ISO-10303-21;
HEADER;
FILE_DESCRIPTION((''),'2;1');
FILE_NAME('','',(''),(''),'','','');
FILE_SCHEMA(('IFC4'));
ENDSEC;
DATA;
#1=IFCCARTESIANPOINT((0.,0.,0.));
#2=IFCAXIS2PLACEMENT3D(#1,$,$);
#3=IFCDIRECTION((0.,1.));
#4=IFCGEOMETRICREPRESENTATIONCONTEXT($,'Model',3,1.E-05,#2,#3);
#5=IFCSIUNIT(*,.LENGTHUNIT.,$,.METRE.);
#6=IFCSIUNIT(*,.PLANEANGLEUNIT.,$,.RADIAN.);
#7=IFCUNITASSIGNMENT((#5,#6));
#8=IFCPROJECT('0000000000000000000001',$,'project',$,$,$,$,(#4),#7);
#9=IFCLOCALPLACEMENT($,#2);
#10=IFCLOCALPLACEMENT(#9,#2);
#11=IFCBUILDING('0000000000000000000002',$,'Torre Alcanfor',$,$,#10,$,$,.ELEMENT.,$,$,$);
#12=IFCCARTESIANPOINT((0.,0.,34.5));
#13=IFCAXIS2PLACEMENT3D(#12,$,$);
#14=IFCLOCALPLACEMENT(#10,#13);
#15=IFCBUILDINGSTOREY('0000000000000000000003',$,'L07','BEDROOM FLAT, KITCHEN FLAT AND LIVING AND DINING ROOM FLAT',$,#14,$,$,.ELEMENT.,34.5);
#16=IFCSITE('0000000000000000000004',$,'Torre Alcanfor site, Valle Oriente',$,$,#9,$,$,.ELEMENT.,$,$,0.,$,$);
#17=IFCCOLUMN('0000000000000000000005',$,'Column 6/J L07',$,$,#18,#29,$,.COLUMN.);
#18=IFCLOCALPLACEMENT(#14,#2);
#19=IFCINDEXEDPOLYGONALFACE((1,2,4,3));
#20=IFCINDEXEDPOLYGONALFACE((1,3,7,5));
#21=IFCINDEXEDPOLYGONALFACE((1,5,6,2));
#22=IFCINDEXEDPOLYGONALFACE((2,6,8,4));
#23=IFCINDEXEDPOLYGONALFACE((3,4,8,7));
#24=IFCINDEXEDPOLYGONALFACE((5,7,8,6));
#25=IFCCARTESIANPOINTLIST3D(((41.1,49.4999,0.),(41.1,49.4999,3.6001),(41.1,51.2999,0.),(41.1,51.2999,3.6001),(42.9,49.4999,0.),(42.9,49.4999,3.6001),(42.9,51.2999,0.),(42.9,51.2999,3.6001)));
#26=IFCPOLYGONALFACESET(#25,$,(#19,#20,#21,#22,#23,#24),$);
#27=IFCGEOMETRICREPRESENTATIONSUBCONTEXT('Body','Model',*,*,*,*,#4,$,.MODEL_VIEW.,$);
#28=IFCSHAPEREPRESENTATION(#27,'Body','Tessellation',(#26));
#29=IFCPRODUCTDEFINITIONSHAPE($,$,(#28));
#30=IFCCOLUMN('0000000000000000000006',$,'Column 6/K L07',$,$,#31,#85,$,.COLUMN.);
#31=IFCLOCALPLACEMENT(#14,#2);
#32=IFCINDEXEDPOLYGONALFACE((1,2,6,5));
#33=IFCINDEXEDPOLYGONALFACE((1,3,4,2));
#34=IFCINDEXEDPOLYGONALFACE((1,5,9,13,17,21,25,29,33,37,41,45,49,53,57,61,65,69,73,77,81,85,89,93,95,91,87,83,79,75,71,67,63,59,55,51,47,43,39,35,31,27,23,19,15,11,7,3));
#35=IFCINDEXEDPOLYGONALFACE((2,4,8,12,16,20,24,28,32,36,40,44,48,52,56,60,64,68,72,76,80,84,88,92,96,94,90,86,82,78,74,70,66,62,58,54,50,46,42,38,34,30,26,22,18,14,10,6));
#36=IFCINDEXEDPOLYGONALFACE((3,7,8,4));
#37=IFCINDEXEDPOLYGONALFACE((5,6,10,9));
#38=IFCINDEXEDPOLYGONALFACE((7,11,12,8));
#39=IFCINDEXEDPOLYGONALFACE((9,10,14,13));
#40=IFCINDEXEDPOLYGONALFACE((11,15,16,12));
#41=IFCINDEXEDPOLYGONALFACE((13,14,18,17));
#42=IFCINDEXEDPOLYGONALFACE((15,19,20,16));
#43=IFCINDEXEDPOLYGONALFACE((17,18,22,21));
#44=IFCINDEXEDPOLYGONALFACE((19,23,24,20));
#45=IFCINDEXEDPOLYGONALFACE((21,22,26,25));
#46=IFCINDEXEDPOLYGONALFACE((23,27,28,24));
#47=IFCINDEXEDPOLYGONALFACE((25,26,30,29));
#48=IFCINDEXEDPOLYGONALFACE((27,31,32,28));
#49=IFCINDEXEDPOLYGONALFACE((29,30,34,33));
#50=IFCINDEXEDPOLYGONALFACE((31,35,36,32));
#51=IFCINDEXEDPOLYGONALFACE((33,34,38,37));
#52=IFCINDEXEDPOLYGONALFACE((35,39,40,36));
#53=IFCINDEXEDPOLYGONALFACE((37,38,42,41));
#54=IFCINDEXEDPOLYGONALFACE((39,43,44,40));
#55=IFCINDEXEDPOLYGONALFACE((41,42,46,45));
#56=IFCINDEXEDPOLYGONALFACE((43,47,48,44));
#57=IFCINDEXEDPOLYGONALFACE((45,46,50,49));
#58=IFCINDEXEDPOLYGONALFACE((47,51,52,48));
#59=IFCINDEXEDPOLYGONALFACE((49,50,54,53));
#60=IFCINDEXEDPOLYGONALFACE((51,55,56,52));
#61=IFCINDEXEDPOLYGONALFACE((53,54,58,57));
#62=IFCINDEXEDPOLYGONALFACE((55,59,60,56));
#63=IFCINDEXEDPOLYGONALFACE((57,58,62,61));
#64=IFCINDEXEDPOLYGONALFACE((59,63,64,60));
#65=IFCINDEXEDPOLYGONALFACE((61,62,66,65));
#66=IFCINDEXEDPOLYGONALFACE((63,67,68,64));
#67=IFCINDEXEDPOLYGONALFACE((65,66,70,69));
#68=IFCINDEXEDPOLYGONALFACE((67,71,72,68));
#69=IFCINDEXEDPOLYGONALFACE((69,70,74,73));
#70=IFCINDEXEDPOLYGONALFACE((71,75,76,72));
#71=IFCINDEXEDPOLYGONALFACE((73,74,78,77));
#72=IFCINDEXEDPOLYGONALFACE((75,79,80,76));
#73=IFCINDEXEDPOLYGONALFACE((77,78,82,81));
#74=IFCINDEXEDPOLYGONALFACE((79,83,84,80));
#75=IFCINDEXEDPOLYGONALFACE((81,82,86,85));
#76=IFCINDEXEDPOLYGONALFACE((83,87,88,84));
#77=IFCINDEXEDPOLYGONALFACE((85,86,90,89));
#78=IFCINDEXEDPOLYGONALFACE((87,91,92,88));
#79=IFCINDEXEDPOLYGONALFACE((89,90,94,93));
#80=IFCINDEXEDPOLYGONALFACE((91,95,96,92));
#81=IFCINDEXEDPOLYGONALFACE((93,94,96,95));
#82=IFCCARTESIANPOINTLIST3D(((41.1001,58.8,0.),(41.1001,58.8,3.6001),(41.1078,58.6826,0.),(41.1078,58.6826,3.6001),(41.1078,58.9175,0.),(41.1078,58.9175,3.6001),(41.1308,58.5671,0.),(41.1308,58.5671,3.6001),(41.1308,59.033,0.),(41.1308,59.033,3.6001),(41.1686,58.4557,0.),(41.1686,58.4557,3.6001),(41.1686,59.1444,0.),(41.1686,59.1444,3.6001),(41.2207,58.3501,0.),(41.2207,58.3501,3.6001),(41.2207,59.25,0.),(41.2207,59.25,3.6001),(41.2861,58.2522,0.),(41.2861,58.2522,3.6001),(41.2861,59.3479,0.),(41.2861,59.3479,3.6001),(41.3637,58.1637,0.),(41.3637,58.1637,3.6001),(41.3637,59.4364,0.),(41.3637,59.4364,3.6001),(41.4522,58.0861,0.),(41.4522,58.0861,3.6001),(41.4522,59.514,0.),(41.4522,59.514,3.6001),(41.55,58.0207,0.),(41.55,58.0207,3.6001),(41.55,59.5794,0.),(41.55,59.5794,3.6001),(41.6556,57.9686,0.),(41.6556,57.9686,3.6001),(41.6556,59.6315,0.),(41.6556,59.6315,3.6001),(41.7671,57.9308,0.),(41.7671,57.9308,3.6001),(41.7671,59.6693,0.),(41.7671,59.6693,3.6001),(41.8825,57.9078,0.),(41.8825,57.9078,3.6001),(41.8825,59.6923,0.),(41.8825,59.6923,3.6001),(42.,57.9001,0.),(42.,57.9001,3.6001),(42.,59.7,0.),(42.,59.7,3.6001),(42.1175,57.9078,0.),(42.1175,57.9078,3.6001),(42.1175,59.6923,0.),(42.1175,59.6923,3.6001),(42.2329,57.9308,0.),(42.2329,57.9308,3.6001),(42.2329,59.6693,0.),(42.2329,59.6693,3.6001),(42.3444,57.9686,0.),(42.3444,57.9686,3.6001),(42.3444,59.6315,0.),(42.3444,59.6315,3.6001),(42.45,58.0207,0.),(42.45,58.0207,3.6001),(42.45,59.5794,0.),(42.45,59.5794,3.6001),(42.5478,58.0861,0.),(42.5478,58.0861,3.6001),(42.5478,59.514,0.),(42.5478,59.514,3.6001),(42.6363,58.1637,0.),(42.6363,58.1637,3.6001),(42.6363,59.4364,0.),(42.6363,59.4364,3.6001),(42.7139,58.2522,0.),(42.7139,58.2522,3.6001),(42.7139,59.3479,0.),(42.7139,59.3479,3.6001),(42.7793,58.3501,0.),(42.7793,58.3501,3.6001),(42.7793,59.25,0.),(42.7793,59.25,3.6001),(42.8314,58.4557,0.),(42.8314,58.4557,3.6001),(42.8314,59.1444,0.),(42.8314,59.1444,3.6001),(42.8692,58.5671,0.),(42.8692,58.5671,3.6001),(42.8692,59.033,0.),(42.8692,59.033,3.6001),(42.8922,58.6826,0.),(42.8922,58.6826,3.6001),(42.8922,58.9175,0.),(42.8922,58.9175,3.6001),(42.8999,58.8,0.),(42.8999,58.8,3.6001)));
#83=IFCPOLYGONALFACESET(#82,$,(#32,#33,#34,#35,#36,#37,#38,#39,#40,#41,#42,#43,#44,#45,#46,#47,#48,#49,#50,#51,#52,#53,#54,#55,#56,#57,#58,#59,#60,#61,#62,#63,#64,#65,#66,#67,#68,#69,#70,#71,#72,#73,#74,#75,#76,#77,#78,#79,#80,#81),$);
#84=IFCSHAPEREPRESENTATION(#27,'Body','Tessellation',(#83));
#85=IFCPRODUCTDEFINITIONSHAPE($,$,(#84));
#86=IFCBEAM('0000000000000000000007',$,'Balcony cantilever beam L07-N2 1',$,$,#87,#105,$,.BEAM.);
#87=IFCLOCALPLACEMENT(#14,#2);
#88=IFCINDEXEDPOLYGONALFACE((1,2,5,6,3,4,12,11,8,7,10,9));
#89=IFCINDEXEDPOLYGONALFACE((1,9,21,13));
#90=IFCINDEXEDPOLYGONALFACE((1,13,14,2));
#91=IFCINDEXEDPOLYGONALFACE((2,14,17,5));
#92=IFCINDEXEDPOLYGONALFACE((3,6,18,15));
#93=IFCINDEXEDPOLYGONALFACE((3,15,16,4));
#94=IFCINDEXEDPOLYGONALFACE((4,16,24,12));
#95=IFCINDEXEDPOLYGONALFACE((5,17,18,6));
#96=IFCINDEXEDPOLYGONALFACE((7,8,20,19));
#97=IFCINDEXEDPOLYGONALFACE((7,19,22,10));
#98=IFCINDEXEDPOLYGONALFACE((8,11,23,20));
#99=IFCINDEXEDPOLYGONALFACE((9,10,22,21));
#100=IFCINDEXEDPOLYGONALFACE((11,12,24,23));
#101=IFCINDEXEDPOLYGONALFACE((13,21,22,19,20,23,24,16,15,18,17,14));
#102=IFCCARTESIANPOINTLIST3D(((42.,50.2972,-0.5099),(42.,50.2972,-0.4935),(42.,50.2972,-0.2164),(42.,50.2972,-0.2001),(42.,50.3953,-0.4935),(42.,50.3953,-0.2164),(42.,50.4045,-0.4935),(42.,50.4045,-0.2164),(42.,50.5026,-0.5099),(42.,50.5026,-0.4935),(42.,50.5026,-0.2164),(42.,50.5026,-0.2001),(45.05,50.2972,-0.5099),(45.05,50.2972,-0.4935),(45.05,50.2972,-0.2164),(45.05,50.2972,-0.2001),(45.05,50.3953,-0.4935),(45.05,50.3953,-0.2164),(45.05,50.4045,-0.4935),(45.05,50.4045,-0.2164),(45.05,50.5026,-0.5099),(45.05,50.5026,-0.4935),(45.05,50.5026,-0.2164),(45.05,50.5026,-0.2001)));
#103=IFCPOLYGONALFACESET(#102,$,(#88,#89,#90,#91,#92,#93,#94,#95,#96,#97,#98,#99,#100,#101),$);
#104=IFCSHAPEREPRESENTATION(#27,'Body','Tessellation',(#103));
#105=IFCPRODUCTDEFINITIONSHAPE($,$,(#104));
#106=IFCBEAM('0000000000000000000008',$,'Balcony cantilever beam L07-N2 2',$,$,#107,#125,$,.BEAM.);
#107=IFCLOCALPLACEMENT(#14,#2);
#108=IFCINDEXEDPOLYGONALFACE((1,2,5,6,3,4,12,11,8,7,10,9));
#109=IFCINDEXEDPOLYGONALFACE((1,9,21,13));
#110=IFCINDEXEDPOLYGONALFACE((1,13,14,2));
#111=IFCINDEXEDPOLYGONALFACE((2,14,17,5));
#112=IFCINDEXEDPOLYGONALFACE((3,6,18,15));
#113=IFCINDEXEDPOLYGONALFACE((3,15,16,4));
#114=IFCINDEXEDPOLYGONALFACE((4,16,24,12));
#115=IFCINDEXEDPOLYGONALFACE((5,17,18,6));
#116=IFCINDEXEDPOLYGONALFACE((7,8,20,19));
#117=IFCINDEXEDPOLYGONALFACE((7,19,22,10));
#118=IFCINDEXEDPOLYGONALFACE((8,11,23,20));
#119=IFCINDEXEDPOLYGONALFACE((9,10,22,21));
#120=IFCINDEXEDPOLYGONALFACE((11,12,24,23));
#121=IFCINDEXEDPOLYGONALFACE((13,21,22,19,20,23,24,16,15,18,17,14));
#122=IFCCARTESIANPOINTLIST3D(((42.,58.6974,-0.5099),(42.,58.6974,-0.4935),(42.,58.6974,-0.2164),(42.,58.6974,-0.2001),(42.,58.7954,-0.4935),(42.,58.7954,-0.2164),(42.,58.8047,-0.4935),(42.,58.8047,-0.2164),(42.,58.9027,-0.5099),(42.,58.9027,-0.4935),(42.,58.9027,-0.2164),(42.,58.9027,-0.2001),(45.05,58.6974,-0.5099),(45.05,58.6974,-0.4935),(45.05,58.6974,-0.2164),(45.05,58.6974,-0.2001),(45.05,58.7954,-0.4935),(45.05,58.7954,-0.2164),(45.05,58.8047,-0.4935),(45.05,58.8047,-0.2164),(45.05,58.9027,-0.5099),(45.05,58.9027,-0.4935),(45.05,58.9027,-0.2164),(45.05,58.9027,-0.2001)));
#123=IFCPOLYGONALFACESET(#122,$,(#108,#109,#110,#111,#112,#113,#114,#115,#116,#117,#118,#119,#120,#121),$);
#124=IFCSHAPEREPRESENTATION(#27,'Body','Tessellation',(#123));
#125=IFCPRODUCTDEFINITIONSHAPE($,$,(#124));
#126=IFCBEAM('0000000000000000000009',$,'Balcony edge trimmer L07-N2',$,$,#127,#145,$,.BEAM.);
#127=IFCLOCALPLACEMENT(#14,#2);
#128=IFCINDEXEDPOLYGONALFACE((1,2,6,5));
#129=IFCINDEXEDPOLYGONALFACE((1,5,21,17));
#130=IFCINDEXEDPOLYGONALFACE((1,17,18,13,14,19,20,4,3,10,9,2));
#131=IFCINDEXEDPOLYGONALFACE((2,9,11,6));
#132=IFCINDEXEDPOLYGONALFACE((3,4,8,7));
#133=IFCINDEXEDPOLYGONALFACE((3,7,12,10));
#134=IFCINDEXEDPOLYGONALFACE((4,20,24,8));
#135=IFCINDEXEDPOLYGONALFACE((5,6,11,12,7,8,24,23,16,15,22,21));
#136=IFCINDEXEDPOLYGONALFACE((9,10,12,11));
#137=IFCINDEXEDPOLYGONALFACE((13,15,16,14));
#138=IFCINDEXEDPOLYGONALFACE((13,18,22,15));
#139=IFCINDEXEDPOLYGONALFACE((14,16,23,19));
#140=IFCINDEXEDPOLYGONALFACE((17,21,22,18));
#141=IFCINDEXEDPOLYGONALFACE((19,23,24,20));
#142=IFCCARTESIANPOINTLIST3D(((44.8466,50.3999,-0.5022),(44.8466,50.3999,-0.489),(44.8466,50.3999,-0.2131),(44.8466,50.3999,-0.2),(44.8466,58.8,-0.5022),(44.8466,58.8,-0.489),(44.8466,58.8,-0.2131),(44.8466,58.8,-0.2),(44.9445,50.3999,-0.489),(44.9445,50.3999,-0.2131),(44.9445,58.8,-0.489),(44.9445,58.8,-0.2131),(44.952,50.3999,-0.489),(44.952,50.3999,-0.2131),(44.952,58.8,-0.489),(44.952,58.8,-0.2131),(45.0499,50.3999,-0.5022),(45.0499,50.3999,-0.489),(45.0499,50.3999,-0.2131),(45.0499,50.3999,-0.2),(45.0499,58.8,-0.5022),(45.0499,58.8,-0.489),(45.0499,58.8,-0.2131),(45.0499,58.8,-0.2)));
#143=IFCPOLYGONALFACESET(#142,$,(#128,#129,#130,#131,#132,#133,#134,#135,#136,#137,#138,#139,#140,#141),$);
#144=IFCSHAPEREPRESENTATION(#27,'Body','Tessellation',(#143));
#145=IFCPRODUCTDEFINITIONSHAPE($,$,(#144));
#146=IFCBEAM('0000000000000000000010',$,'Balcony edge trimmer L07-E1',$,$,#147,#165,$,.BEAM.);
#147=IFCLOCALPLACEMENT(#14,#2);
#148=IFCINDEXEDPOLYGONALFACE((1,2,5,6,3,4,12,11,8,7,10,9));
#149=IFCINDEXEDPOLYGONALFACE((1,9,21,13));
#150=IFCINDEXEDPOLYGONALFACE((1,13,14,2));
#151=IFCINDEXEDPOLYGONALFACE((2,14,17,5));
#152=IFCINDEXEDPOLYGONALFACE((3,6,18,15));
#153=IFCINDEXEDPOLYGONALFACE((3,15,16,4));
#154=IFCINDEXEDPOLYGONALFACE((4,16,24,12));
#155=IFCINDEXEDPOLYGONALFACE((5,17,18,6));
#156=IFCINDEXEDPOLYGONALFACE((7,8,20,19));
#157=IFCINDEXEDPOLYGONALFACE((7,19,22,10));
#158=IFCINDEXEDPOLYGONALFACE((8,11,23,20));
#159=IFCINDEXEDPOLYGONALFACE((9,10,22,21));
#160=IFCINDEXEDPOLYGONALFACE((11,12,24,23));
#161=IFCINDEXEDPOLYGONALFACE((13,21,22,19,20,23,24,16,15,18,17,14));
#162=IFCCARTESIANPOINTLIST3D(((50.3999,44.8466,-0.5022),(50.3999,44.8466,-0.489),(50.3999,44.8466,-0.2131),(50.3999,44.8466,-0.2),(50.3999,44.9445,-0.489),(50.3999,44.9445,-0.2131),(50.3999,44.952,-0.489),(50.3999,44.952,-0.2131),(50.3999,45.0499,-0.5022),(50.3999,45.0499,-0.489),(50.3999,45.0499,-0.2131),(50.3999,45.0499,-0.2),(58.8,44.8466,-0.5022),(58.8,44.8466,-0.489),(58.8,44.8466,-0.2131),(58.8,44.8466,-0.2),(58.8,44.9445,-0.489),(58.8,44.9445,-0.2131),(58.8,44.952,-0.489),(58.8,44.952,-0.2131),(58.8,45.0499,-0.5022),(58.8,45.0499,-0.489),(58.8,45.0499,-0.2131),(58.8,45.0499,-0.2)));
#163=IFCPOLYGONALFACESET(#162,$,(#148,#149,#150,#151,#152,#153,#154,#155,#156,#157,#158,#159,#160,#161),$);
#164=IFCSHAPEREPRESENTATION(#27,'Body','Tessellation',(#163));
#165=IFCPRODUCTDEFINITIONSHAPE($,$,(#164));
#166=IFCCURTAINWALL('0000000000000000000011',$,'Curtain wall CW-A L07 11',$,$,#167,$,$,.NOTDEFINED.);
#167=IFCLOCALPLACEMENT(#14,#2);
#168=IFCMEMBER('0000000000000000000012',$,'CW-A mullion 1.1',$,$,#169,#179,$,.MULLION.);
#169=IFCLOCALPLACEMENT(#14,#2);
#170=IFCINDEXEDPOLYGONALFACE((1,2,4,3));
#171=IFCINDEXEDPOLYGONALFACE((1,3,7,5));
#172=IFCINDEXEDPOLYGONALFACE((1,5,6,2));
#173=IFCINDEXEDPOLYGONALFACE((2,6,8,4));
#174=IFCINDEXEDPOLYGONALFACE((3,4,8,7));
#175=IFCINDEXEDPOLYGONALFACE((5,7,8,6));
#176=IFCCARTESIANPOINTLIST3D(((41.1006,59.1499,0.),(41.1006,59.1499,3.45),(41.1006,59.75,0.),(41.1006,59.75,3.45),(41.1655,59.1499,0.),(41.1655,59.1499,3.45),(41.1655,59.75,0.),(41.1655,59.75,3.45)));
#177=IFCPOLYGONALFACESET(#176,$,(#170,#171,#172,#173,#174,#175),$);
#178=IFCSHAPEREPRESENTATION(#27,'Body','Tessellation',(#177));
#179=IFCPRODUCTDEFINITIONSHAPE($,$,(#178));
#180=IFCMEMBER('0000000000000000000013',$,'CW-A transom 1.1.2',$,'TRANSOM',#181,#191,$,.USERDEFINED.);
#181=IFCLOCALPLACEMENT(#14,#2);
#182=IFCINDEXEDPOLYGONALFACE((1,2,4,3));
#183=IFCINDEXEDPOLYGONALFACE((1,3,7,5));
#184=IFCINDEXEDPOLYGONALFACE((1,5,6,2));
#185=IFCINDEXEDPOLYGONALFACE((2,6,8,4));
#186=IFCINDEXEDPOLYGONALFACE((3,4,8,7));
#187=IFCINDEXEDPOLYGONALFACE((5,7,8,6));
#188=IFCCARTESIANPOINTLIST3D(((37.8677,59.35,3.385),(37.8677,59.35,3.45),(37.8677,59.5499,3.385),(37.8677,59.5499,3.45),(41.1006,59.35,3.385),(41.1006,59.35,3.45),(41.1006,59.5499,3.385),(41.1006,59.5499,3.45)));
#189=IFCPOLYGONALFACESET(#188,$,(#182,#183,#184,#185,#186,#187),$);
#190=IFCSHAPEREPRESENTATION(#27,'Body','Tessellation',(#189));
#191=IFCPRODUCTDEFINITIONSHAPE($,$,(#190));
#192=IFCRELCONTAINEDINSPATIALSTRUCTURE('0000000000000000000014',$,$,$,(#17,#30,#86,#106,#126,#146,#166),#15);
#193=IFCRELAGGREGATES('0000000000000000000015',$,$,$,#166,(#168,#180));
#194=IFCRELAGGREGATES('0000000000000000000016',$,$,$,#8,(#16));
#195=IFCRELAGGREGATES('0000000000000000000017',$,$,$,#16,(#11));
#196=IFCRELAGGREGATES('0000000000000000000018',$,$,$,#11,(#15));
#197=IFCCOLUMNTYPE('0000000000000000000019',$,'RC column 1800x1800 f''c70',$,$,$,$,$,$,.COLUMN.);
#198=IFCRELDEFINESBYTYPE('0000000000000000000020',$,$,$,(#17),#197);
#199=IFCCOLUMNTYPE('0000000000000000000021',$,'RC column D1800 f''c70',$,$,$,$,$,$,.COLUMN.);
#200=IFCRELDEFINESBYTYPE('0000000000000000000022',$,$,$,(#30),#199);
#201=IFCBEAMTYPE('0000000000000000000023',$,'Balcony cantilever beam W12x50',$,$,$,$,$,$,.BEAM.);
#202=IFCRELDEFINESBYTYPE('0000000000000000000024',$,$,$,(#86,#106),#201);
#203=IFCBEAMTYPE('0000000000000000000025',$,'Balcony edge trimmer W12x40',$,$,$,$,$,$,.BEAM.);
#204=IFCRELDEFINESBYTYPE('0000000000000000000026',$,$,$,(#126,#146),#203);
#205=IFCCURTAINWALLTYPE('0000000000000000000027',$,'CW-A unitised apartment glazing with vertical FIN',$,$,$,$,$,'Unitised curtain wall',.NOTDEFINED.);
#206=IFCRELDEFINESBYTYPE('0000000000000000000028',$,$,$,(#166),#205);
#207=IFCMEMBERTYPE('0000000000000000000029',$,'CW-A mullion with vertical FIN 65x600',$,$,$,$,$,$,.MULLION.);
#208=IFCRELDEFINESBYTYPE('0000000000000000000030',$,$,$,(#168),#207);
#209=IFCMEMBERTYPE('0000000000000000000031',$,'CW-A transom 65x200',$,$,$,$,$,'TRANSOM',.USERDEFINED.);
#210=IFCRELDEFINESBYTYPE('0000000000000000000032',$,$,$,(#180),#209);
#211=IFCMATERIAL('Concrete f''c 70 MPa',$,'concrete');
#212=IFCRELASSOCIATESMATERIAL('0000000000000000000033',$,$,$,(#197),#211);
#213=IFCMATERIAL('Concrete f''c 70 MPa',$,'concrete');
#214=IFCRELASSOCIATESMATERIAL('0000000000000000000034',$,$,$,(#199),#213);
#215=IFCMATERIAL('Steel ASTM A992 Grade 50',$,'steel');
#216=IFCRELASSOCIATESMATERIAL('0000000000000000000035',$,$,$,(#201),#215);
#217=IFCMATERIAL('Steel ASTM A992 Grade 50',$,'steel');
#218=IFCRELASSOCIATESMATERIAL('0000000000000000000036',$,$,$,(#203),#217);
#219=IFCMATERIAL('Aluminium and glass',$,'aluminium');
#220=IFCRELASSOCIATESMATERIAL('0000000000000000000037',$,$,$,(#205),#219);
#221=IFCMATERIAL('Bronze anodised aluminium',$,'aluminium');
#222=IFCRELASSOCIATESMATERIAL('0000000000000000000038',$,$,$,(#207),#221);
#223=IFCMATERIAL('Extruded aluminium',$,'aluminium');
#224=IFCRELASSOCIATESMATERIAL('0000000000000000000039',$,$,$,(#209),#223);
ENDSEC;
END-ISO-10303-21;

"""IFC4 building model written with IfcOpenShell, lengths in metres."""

from ifc_helpers import new_model, si_unit, direction, frame, origin, origin_2d, place, context, subcontext, project, spatial, rectangle, circle, i_section, extrude, material, material_profile, profile_set, type_object, element, aggregate, save


model = new_model("IFC4")

# Units and contexts
model_context = context("Model", 3, precision=1e-05, world=origin(), true_north=direction((0.0, 1.0)))
body_context = subcontext(model_context, "Body", "Model", "MODEL_VIEW")
ifc_project = project(units=[si_unit("LENGTHUNIT", "METRE"), si_unit("PLANEANGLEUNIT", "RADIAN")], contexts=[model_context])

# Site, building, storey
site_placement = place(None, origin())
site = spatial("IfcSite", under=ifc_project, at=site_placement, Name="Torre Alcanfor site, Valle Oriente", CompositionType="ELEMENT", RefElevation=0.0)
building_placement = place(site_placement, origin())
building = spatial("IfcBuilding", under=site, at=building_placement, Name="Torre Alcanfor", CompositionType="ELEMENT")
storey_placement = place(building_placement, frame((0.0, 0.0, 34.5)))
storey = spatial("IfcBuildingStorey", under=building, at=storey_placement, Name="L07", Description="BEDROOM FLAT, KITCHEN FLAT AND LIVING AND DINING ROOM FLAT", CompositionType="ELEMENT", Elevation=34.5)

# Columns
ifc_material_1 = material(Name="Concrete f'c 70 MPa", Category="concrete")
ifc_material_profile_1 = material_profile(ifc_material_1, rectangle(XDim=1.8, YDim=1.8, at=origin_2d()), Name="1800x1800")
ifc_profile_set_1 = profile_set([ifc_material_profile_1], Name="Concrete f'c 70 MPa")
column_type_1 = type_object("IfcColumnType", Name="RC column 1800x1800 f'c70", PredefinedType="COLUMN", material=ifc_profile_set_1)
column_1_placement = place(storey_placement, frame((42.0, 50.3999, 0.0), z_axis=(0.0, 0.0, 1.0), x_axis=(1.0, 0.0, 0.0)))
element("IfcColumn", 1, at=column_1_placement, inside=storey, type_object=column_type_1, Name="Column 6/J L07", PredefinedType="COLUMN", context=body_context, shape_type="SweptSolid", body=[
    extrude(rectangle(XDim=1.8, YDim=1.8, at=origin_2d()), origin(), (0.0, 0.0, 1.0), 3.6001),
])
ifc_material_2 = material(Name="Concrete f'c 70 MPa", Category="concrete")
ifc_material_profile_2 = material_profile(ifc_material_2, circle(Radius=0.8999, at=origin_2d()), Name="D1800")
ifc_profile_set_2 = profile_set([ifc_material_profile_2], Name="Concrete f'c 70 MPa")
column_type_2 = type_object("IfcColumnType", Name="RC column D1800 f'c70", PredefinedType="COLUMN", material=ifc_profile_set_2)
column_2_placement = place(storey_placement, frame((42.0, 58.8, 0.0), z_axis=(0.0, 0.0, 1.0), x_axis=(1.0, 0.0, 0.0)))
element("IfcColumn", 2, at=column_2_placement, inside=storey, type_object=column_type_2, Name="Column 6/K L07", PredefinedType="COLUMN", context=body_context, shape_type="SweptSolid", body=[
    extrude(circle(Radius=0.8999, at=origin_2d()), origin(), (0.0, 0.0, 1.0), 3.6001),
])

# Beams
ifc_material_3 = material(Name="Steel ASTM A992 Grade 50", Category="steel")
ifc_material_profile_3 = material_profile(ifc_material_3, i_section(OverallWidth=0.2053, OverallDepth=0.3098, WebThickness=0.0093, FlangeThickness=0.0164, at=origin_2d()), Name="W12x50")
ifc_profile_set_3 = profile_set([ifc_material_profile_3], Name="Steel ASTM A992 Grade 50")
beam_type_1 = type_object("IfcBeamType", Name="Balcony cantilever beam W12x50", PredefinedType="BEAM", material=ifc_profile_set_3)
for number, where, z_axis, x_axis, name in (
    (3, (42.0, 50.3999, -0.355), (1.0, 0.0, 0.0), (0.0, 1.0, 0.0), "Balcony cantilever beam L07-N2 1"),
    (4, (42.0, 58.8, -0.355), (1.0, 0.0, 0.0), (0.0, 1.0, 0.0), "Balcony cantilever beam L07-N2 2"),
):
    element("IfcBeam", number, at=place(storey_placement, frame(where, z_axis=z_axis, x_axis=x_axis)), inside=storey, type_object=beam_type_1, Name=name, PredefinedType="BEAM", context=body_context, shape_type="SweptSolid", body=[
        extrude(i_section(OverallWidth=0.2053, OverallDepth=0.3098, WebThickness=0.0093, FlangeThickness=0.0164, at=origin_2d()), origin(), (0.0, 0.0, 1.0), 3.05),
    ])
ifc_material_4 = material(Name="Steel ASTM A992 Grade 50", Category="steel")
ifc_material_profile_4 = material_profile(ifc_material_4, i_section(OverallWidth=0.2034, OverallDepth=0.3022, WebThickness=0.0076, FlangeThickness=0.0132, at=origin_2d()), Name="W12x40")
ifc_profile_set_4 = profile_set([ifc_material_profile_4], Name="Steel ASTM A992 Grade 50")
beam_type_2 = type_object("IfcBeamType", Name="Balcony edge trimmer W12x40", PredefinedType="BEAM", material=ifc_profile_set_4)
for number, where, z_axis, x_axis, name in (
    (5, (44.9482, 50.3999, -0.3511), (0.0, 1.0, 0.0), (-1.0, 0.0, 0.0), "Balcony edge trimmer L07-N2"),
    (6, (50.3999, 44.9482, -0.3511), (1.0, 0.0, 0.0), (0.0, 1.0, 0.0), "Balcony edge trimmer L07-E1"),
):
    element("IfcBeam", number, at=place(storey_placement, frame(where, z_axis=z_axis, x_axis=x_axis)), inside=storey, type_object=beam_type_2, Name=name, PredefinedType="BEAM", context=body_context, shape_type="SweptSolid", body=[
        extrude(i_section(OverallWidth=0.2034, OverallDepth=0.3022, WebThickness=0.0076, FlangeThickness=0.0132, at=origin_2d()), origin(), (0.0, 0.0, 1.0), 8.4001),
    ])

# Curtain wall, members
ifc_material_5 = material(Name="Aluminium and glass", Category="aluminium")
curtain_wall_type = type_object("IfcCurtainWallType", Name="CW-A unitised apartment glazing with vertical FIN", ElementType="Unitised curtain wall", PredefinedType="NOTDEFINED", material=ifc_material_5)
curtain_wall_placement = place(storey_placement, origin())
curtain_wall = element("IfcCurtainWall", 7, at=curtain_wall_placement, inside=storey, type_object=curtain_wall_type, Name="Curtain wall CW-A L07 11", PredefinedType="NOTDEFINED")
ifc_material_6 = material(Name="Bronze anodised aluminium", Category="aluminium")
ifc_material_profile_5 = material_profile(ifc_material_6, rectangle(XDim=0.6001, YDim=0.0649, at=origin_2d()), Name="CW-A mullion 65x600")
ifc_profile_set_5 = profile_set([ifc_material_profile_5], Name="Bronze anodised aluminium")
member_type_1 = type_object("IfcMemberType", Name="CW-A mullion with vertical FIN 65x600", PredefinedType="MULLION", material=ifc_profile_set_5)
member_1_placement = place(storey_placement, frame((41.1331, 59.45, 0.0), z_axis=(0.0, 0.0, 1.0), x_axis=(0.0, -1.0, 0.0)))
member_1 = element("IfcMember", 8, at=member_1_placement, type_object=member_type_1, Name="CW-A mullion 1.1", PredefinedType="MULLION", context=body_context, shape_type="SweptSolid", body=[
    extrude(rectangle(XDim=0.6001, YDim=0.0649, at=origin_2d()), origin(), (0.0, 0.0, 1.0), 3.45),
])
ifc_material_7 = material(Name="Extruded aluminium", Category="aluminium")
ifc_material_profile_6 = material_profile(ifc_material_7, rectangle(XDim=0.2, YDim=0.0649, at=origin_2d()), Name="CW-A transom 200x65")
ifc_profile_set_6 = profile_set([ifc_material_profile_6], Name="Extruded aluminium")
member_type_2 = type_object("IfcMemberType", Name="CW-A transom 65x200", ElementType="TRANSOM", PredefinedType="USERDEFINED", material=ifc_profile_set_6)
member_2_placement = place(storey_placement, frame((41.1006, 59.45, 3.4175), z_axis=(-1.0, 0.0, 0.0), x_axis=(0.0, -1.0, 0.0)))
member_2 = element("IfcMember", 9, at=member_2_placement, type_object=member_type_2, Name="CW-A transom 1.1.2", ObjectType="TRANSOM", PredefinedType="USERDEFINED", context=body_context, shape_type="SweptSolid", body=[
    extrude(rectangle(XDim=0.2, YDim=0.0649, at=origin_2d()), origin(), (0.0, 0.0, 1.0), 3.2329),
])

aggregate(curtain_wall, [member_1, member_2])

save(model, "model.ifc")
